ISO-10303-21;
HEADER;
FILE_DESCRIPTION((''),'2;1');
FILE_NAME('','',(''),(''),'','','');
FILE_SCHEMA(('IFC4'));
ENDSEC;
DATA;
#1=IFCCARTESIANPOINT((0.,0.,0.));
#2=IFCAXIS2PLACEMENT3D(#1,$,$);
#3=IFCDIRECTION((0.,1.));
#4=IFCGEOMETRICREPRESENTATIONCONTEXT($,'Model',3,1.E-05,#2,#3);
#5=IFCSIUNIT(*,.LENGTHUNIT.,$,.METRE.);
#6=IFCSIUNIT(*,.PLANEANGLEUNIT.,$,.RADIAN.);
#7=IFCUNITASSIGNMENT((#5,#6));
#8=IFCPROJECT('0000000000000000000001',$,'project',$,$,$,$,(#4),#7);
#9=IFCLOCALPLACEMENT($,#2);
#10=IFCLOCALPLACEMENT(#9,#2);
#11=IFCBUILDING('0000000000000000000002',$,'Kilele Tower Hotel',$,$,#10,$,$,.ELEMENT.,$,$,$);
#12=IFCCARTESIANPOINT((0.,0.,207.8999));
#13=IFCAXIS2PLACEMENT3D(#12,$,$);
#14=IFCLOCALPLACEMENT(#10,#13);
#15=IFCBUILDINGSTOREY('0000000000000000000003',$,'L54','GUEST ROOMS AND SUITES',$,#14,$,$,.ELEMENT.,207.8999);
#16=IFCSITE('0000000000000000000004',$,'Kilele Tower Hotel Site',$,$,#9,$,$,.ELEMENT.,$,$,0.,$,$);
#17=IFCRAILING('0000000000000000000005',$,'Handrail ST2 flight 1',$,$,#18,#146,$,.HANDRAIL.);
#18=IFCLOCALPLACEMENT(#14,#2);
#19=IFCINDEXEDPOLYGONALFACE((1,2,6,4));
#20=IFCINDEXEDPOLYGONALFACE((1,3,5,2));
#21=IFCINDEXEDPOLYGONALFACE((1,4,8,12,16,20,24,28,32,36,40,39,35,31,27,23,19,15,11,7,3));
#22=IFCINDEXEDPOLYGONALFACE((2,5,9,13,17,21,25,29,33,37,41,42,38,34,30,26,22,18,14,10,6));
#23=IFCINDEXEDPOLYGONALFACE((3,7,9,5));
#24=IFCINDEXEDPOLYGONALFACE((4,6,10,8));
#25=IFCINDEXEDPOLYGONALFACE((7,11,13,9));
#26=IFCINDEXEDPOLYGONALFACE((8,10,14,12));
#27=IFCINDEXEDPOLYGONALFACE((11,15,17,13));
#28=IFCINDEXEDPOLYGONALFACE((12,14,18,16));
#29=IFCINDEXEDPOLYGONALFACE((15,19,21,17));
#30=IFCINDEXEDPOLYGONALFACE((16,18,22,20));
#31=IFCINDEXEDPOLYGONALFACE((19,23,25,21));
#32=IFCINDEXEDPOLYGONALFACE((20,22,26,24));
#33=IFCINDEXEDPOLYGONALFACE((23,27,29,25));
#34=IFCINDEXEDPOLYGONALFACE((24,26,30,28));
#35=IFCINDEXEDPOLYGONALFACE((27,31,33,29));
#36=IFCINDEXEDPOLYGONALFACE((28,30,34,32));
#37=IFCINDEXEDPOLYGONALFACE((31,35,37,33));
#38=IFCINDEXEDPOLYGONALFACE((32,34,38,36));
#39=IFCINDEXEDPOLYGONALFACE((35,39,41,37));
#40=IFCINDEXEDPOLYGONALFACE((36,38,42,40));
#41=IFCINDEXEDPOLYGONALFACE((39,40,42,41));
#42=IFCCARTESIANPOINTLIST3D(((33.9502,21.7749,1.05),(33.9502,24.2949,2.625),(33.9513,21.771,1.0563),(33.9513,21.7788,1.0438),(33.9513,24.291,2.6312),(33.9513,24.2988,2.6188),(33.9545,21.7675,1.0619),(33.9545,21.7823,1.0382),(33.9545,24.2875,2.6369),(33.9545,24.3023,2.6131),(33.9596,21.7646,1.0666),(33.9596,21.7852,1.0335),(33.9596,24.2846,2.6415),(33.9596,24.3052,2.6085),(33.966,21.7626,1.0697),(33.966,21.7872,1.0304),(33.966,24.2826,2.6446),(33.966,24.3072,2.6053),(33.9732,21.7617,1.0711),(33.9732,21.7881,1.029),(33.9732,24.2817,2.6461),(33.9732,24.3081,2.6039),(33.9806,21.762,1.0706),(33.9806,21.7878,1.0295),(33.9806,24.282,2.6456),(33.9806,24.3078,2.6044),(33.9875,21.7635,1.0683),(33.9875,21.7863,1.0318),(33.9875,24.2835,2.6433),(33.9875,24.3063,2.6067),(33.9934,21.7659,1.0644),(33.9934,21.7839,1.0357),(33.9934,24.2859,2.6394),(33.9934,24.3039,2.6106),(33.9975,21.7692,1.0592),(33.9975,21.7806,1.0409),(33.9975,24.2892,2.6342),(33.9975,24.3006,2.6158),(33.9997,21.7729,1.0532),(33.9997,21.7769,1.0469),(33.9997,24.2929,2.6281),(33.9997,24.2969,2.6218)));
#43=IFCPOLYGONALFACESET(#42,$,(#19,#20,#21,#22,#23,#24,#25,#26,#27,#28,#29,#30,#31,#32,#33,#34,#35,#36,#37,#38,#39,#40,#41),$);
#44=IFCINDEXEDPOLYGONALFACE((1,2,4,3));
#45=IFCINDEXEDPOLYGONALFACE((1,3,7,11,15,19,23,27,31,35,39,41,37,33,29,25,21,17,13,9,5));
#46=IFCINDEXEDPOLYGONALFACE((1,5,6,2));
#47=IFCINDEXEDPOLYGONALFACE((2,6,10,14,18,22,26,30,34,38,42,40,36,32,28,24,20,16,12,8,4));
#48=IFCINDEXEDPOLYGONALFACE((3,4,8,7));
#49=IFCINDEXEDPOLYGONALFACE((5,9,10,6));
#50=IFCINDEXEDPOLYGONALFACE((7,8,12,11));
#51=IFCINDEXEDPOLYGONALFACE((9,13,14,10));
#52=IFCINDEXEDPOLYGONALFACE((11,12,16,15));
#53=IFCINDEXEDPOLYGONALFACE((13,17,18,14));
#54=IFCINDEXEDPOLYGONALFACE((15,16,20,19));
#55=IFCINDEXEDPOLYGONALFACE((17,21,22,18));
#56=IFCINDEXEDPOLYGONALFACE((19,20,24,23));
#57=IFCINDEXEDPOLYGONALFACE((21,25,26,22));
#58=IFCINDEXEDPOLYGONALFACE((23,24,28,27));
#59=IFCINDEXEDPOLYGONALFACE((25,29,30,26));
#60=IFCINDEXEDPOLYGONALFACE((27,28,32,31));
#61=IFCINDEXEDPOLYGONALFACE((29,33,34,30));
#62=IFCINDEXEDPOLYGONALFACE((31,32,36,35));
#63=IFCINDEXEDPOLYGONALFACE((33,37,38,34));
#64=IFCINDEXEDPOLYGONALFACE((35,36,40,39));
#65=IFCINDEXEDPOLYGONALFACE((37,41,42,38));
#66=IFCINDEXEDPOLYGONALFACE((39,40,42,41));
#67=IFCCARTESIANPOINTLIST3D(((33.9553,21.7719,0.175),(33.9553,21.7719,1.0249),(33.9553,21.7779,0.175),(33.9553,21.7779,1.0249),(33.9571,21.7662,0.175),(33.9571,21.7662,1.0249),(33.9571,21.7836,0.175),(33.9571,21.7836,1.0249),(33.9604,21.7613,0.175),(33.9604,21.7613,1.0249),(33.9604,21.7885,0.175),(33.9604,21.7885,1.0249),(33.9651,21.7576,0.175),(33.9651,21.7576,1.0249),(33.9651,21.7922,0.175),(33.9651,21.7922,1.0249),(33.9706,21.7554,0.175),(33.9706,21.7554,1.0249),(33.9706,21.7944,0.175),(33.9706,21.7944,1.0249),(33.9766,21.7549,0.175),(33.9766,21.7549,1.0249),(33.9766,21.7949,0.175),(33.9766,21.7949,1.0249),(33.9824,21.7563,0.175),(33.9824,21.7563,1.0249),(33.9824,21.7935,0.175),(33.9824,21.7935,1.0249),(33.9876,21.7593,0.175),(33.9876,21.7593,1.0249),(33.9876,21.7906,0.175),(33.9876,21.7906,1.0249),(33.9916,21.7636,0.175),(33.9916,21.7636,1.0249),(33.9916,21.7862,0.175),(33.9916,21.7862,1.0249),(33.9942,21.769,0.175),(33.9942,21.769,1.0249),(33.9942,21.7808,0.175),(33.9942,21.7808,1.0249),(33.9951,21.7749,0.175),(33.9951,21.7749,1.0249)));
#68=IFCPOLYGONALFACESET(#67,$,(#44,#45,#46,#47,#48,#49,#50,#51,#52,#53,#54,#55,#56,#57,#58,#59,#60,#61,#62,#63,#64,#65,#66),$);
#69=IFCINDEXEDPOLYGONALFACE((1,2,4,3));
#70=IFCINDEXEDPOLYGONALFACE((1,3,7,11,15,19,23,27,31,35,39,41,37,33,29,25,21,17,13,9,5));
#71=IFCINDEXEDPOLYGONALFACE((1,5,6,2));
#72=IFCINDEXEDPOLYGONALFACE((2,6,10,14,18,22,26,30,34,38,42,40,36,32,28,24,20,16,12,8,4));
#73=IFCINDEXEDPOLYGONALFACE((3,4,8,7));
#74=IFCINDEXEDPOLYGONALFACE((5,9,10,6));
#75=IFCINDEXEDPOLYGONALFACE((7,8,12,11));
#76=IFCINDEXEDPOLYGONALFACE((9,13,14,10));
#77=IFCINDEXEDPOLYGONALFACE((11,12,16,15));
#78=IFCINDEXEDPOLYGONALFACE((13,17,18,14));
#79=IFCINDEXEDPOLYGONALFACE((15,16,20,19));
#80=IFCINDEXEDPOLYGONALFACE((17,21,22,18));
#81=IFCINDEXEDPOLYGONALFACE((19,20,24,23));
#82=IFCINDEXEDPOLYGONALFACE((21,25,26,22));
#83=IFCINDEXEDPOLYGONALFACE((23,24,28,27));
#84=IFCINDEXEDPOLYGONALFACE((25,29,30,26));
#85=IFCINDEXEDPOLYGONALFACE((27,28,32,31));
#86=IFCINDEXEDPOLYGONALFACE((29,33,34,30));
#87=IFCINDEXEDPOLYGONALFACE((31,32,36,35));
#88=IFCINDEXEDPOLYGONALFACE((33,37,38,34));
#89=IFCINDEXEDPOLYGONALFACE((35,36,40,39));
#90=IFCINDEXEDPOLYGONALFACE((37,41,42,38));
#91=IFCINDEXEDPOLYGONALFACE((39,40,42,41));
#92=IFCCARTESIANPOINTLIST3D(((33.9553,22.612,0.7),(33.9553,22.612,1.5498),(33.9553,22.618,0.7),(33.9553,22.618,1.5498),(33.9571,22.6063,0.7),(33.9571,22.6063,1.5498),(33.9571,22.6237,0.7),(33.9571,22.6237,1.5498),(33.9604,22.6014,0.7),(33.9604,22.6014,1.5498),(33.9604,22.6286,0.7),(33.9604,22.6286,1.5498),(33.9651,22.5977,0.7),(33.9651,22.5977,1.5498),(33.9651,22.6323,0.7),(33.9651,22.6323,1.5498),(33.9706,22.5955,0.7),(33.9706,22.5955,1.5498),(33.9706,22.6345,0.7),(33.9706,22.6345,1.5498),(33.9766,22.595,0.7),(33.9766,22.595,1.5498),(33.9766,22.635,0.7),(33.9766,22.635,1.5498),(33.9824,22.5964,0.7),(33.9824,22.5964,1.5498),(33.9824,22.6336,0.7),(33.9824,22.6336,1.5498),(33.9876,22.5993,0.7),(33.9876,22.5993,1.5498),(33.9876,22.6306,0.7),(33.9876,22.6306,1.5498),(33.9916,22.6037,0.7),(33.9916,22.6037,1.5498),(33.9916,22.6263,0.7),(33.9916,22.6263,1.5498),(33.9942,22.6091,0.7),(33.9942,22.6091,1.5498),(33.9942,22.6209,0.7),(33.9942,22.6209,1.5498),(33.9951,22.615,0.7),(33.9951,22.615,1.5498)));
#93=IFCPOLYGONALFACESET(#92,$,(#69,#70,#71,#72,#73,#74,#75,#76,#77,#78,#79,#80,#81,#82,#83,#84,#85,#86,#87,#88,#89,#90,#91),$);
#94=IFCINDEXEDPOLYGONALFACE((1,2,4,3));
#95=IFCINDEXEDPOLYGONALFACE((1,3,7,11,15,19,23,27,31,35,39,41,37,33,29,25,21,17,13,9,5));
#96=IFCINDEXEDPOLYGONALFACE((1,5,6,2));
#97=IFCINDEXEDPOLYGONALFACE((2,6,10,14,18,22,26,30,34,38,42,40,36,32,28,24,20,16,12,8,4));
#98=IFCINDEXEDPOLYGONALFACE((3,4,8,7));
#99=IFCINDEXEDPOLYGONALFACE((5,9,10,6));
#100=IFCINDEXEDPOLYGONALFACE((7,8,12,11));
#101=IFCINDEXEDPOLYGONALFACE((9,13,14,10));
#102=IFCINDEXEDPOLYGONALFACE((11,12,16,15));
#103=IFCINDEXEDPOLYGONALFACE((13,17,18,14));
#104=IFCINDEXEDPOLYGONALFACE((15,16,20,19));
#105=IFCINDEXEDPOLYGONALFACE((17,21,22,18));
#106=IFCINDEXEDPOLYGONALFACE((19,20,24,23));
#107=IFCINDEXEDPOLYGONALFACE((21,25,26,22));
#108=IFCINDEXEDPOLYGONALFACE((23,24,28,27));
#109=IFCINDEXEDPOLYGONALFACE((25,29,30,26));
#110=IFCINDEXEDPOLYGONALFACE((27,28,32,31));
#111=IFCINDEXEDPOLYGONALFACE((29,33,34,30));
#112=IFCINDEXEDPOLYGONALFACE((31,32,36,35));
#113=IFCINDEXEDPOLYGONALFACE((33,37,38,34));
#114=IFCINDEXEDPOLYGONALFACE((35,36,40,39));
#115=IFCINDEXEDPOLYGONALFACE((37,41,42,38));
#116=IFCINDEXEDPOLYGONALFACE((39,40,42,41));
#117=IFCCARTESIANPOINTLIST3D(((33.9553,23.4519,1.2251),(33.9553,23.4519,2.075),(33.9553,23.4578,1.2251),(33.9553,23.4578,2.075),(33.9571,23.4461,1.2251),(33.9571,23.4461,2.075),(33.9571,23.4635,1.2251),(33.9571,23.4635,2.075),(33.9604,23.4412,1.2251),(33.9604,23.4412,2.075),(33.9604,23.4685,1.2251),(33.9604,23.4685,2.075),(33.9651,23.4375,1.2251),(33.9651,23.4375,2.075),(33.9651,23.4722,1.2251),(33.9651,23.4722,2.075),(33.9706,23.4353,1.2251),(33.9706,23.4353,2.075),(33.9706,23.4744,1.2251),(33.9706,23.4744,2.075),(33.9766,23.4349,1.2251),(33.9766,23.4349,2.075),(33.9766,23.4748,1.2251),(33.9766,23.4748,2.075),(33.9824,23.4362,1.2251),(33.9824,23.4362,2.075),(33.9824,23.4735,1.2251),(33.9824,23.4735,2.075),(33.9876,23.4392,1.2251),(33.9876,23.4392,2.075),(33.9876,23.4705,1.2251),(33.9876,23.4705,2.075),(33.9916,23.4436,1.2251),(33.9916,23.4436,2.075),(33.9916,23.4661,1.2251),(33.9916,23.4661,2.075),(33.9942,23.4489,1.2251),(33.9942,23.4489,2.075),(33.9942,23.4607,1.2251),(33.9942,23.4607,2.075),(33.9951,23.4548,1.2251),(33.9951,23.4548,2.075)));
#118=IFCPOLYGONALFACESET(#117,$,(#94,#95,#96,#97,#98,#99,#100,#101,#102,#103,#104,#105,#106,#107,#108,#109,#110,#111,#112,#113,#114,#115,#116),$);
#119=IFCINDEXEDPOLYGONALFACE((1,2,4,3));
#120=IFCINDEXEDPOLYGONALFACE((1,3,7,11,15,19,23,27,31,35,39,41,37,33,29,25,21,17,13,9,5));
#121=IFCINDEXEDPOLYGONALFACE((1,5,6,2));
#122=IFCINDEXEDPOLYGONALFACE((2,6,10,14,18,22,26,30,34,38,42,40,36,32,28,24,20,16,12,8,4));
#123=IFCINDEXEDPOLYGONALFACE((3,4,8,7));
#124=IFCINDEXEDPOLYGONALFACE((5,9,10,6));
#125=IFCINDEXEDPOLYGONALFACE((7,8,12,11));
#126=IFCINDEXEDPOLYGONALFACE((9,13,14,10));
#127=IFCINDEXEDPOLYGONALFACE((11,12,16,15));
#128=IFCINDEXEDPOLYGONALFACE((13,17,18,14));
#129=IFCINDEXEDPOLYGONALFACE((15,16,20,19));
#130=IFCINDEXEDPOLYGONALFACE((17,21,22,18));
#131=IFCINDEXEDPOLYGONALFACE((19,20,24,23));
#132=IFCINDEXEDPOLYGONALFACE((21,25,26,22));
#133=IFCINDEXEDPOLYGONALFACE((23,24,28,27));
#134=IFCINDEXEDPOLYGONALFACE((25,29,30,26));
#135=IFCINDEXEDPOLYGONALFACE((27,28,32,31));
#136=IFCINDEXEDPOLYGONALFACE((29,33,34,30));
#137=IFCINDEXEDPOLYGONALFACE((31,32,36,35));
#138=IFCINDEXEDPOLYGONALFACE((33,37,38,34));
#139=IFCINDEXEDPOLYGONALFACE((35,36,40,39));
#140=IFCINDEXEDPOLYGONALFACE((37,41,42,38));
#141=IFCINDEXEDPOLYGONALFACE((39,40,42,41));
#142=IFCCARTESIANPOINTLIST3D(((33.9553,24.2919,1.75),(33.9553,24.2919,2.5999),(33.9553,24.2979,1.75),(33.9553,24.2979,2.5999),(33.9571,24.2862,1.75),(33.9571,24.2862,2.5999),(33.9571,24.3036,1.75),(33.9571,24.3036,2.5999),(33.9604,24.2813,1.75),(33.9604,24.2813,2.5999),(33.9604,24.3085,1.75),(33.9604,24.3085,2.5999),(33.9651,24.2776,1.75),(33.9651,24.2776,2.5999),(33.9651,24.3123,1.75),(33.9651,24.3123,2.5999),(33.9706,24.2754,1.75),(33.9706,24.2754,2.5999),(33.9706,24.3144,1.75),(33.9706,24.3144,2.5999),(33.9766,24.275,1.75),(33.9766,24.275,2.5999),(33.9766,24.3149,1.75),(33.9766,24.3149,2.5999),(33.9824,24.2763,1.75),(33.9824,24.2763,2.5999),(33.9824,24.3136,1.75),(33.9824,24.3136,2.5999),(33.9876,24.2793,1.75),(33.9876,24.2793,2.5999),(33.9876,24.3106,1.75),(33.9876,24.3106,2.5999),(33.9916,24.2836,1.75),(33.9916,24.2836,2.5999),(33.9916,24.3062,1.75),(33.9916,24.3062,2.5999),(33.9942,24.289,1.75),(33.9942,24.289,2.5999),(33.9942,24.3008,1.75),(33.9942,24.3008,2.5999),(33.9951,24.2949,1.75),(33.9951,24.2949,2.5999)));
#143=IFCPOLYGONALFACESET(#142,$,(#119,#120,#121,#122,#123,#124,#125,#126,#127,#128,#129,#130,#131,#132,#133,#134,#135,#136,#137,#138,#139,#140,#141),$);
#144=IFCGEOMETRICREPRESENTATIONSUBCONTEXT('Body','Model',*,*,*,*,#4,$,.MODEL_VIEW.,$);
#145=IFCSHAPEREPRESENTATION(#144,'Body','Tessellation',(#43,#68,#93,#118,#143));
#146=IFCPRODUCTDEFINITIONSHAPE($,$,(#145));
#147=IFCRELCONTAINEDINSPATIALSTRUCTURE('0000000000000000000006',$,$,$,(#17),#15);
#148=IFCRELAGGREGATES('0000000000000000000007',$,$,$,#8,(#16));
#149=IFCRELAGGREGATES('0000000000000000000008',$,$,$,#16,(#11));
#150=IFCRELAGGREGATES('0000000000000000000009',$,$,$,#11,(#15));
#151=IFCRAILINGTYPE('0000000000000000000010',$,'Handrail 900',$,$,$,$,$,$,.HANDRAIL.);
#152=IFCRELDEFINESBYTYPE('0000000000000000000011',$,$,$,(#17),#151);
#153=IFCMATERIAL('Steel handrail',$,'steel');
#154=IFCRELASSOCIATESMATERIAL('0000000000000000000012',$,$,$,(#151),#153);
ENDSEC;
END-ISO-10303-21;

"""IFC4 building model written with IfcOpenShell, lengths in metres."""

from ifc_helpers import new_model, si_unit, direction, frame, origin, origin_2d, place, context, subcontext, project, spatial, circle, extrude, material, type_object, element, save


model = new_model("IFC4")

# Units and contexts
model_context = context("Model", 3, precision=1e-05, world=origin(), true_north=direction((0.0, 1.0)))
body_context = subcontext(model_context, "Body", "Model", "MODEL_VIEW")
ifc_project = project(units=[si_unit("LENGTHUNIT", "METRE"), si_unit("PLANEANGLEUNIT", "RADIAN")], contexts=[model_context])

# Site, building, storey
site_placement = place(None, origin())
site = spatial("IfcSite", under=ifc_project, at=site_placement, Name="Kilele Tower Hotel Site", CompositionType="ELEMENT", RefElevation=0.0)
building_placement = place(site_placement, origin())
building = spatial("IfcBuilding", under=site, at=building_placement, Name="Kilele Tower Hotel", CompositionType="ELEMENT")
storey_placement = place(building_placement, frame((0.0, 0.0, 207.8999)))
storey = spatial("IfcBuildingStorey", under=building, at=storey_placement, Name="L54", Description="GUEST ROOMS AND SUITES", CompositionType="ELEMENT", Elevation=207.8999)

# Railing
ifc_material_1 = material(Name="Steel handrail", Category="steel")
railing_type_1 = type_object("IfcRailingType", Name="Handrail 900", PredefinedType="HANDRAIL", material=ifc_material_1)
for number, where, name in (
    (1, (33.9751, 21.7749, 0.175), "Handrail ST2 flight 1"),
):
    element("IfcRailing", number, at=place(storey_placement, frame(where)), inside=storey, type_object=railing_type_1, Name=name, PredefinedType="HANDRAIL", context=body_context, shape_type="SweptSolid", body=[
        extrude(circle(Radius=0.0249, at=origin_2d()), frame((0.0, 0.0, 0.875), z_axis=(0.0, 0.848008, 0.529984), x_axis=(-1.0, 0.0, 0.0)), (0.0, 0.0, 1.0), 2.9717),
        extrude(circle(Radius=0.02, at=origin_2d()), origin(), (0.0, 0.0, 1.0), 0.8499),
        extrude(circle(Radius=0.02, at=origin_2d()), frame((0.0, 0.8401, 0.5249)), (0.0, 0.0, 1.0), 0.8499),
        extrude(circle(Radius=0.02, at=origin_2d()), frame((0.0, 1.6799, 1.05)), (0.0, 0.0, 1.0), 0.8499),
        extrude(circle(Radius=0.02, at=origin_2d()), frame((0.0, 2.52, 1.575)), (0.0, 0.0, 1.0), 0.8499),
    ])

save(model, "model.ifc")
